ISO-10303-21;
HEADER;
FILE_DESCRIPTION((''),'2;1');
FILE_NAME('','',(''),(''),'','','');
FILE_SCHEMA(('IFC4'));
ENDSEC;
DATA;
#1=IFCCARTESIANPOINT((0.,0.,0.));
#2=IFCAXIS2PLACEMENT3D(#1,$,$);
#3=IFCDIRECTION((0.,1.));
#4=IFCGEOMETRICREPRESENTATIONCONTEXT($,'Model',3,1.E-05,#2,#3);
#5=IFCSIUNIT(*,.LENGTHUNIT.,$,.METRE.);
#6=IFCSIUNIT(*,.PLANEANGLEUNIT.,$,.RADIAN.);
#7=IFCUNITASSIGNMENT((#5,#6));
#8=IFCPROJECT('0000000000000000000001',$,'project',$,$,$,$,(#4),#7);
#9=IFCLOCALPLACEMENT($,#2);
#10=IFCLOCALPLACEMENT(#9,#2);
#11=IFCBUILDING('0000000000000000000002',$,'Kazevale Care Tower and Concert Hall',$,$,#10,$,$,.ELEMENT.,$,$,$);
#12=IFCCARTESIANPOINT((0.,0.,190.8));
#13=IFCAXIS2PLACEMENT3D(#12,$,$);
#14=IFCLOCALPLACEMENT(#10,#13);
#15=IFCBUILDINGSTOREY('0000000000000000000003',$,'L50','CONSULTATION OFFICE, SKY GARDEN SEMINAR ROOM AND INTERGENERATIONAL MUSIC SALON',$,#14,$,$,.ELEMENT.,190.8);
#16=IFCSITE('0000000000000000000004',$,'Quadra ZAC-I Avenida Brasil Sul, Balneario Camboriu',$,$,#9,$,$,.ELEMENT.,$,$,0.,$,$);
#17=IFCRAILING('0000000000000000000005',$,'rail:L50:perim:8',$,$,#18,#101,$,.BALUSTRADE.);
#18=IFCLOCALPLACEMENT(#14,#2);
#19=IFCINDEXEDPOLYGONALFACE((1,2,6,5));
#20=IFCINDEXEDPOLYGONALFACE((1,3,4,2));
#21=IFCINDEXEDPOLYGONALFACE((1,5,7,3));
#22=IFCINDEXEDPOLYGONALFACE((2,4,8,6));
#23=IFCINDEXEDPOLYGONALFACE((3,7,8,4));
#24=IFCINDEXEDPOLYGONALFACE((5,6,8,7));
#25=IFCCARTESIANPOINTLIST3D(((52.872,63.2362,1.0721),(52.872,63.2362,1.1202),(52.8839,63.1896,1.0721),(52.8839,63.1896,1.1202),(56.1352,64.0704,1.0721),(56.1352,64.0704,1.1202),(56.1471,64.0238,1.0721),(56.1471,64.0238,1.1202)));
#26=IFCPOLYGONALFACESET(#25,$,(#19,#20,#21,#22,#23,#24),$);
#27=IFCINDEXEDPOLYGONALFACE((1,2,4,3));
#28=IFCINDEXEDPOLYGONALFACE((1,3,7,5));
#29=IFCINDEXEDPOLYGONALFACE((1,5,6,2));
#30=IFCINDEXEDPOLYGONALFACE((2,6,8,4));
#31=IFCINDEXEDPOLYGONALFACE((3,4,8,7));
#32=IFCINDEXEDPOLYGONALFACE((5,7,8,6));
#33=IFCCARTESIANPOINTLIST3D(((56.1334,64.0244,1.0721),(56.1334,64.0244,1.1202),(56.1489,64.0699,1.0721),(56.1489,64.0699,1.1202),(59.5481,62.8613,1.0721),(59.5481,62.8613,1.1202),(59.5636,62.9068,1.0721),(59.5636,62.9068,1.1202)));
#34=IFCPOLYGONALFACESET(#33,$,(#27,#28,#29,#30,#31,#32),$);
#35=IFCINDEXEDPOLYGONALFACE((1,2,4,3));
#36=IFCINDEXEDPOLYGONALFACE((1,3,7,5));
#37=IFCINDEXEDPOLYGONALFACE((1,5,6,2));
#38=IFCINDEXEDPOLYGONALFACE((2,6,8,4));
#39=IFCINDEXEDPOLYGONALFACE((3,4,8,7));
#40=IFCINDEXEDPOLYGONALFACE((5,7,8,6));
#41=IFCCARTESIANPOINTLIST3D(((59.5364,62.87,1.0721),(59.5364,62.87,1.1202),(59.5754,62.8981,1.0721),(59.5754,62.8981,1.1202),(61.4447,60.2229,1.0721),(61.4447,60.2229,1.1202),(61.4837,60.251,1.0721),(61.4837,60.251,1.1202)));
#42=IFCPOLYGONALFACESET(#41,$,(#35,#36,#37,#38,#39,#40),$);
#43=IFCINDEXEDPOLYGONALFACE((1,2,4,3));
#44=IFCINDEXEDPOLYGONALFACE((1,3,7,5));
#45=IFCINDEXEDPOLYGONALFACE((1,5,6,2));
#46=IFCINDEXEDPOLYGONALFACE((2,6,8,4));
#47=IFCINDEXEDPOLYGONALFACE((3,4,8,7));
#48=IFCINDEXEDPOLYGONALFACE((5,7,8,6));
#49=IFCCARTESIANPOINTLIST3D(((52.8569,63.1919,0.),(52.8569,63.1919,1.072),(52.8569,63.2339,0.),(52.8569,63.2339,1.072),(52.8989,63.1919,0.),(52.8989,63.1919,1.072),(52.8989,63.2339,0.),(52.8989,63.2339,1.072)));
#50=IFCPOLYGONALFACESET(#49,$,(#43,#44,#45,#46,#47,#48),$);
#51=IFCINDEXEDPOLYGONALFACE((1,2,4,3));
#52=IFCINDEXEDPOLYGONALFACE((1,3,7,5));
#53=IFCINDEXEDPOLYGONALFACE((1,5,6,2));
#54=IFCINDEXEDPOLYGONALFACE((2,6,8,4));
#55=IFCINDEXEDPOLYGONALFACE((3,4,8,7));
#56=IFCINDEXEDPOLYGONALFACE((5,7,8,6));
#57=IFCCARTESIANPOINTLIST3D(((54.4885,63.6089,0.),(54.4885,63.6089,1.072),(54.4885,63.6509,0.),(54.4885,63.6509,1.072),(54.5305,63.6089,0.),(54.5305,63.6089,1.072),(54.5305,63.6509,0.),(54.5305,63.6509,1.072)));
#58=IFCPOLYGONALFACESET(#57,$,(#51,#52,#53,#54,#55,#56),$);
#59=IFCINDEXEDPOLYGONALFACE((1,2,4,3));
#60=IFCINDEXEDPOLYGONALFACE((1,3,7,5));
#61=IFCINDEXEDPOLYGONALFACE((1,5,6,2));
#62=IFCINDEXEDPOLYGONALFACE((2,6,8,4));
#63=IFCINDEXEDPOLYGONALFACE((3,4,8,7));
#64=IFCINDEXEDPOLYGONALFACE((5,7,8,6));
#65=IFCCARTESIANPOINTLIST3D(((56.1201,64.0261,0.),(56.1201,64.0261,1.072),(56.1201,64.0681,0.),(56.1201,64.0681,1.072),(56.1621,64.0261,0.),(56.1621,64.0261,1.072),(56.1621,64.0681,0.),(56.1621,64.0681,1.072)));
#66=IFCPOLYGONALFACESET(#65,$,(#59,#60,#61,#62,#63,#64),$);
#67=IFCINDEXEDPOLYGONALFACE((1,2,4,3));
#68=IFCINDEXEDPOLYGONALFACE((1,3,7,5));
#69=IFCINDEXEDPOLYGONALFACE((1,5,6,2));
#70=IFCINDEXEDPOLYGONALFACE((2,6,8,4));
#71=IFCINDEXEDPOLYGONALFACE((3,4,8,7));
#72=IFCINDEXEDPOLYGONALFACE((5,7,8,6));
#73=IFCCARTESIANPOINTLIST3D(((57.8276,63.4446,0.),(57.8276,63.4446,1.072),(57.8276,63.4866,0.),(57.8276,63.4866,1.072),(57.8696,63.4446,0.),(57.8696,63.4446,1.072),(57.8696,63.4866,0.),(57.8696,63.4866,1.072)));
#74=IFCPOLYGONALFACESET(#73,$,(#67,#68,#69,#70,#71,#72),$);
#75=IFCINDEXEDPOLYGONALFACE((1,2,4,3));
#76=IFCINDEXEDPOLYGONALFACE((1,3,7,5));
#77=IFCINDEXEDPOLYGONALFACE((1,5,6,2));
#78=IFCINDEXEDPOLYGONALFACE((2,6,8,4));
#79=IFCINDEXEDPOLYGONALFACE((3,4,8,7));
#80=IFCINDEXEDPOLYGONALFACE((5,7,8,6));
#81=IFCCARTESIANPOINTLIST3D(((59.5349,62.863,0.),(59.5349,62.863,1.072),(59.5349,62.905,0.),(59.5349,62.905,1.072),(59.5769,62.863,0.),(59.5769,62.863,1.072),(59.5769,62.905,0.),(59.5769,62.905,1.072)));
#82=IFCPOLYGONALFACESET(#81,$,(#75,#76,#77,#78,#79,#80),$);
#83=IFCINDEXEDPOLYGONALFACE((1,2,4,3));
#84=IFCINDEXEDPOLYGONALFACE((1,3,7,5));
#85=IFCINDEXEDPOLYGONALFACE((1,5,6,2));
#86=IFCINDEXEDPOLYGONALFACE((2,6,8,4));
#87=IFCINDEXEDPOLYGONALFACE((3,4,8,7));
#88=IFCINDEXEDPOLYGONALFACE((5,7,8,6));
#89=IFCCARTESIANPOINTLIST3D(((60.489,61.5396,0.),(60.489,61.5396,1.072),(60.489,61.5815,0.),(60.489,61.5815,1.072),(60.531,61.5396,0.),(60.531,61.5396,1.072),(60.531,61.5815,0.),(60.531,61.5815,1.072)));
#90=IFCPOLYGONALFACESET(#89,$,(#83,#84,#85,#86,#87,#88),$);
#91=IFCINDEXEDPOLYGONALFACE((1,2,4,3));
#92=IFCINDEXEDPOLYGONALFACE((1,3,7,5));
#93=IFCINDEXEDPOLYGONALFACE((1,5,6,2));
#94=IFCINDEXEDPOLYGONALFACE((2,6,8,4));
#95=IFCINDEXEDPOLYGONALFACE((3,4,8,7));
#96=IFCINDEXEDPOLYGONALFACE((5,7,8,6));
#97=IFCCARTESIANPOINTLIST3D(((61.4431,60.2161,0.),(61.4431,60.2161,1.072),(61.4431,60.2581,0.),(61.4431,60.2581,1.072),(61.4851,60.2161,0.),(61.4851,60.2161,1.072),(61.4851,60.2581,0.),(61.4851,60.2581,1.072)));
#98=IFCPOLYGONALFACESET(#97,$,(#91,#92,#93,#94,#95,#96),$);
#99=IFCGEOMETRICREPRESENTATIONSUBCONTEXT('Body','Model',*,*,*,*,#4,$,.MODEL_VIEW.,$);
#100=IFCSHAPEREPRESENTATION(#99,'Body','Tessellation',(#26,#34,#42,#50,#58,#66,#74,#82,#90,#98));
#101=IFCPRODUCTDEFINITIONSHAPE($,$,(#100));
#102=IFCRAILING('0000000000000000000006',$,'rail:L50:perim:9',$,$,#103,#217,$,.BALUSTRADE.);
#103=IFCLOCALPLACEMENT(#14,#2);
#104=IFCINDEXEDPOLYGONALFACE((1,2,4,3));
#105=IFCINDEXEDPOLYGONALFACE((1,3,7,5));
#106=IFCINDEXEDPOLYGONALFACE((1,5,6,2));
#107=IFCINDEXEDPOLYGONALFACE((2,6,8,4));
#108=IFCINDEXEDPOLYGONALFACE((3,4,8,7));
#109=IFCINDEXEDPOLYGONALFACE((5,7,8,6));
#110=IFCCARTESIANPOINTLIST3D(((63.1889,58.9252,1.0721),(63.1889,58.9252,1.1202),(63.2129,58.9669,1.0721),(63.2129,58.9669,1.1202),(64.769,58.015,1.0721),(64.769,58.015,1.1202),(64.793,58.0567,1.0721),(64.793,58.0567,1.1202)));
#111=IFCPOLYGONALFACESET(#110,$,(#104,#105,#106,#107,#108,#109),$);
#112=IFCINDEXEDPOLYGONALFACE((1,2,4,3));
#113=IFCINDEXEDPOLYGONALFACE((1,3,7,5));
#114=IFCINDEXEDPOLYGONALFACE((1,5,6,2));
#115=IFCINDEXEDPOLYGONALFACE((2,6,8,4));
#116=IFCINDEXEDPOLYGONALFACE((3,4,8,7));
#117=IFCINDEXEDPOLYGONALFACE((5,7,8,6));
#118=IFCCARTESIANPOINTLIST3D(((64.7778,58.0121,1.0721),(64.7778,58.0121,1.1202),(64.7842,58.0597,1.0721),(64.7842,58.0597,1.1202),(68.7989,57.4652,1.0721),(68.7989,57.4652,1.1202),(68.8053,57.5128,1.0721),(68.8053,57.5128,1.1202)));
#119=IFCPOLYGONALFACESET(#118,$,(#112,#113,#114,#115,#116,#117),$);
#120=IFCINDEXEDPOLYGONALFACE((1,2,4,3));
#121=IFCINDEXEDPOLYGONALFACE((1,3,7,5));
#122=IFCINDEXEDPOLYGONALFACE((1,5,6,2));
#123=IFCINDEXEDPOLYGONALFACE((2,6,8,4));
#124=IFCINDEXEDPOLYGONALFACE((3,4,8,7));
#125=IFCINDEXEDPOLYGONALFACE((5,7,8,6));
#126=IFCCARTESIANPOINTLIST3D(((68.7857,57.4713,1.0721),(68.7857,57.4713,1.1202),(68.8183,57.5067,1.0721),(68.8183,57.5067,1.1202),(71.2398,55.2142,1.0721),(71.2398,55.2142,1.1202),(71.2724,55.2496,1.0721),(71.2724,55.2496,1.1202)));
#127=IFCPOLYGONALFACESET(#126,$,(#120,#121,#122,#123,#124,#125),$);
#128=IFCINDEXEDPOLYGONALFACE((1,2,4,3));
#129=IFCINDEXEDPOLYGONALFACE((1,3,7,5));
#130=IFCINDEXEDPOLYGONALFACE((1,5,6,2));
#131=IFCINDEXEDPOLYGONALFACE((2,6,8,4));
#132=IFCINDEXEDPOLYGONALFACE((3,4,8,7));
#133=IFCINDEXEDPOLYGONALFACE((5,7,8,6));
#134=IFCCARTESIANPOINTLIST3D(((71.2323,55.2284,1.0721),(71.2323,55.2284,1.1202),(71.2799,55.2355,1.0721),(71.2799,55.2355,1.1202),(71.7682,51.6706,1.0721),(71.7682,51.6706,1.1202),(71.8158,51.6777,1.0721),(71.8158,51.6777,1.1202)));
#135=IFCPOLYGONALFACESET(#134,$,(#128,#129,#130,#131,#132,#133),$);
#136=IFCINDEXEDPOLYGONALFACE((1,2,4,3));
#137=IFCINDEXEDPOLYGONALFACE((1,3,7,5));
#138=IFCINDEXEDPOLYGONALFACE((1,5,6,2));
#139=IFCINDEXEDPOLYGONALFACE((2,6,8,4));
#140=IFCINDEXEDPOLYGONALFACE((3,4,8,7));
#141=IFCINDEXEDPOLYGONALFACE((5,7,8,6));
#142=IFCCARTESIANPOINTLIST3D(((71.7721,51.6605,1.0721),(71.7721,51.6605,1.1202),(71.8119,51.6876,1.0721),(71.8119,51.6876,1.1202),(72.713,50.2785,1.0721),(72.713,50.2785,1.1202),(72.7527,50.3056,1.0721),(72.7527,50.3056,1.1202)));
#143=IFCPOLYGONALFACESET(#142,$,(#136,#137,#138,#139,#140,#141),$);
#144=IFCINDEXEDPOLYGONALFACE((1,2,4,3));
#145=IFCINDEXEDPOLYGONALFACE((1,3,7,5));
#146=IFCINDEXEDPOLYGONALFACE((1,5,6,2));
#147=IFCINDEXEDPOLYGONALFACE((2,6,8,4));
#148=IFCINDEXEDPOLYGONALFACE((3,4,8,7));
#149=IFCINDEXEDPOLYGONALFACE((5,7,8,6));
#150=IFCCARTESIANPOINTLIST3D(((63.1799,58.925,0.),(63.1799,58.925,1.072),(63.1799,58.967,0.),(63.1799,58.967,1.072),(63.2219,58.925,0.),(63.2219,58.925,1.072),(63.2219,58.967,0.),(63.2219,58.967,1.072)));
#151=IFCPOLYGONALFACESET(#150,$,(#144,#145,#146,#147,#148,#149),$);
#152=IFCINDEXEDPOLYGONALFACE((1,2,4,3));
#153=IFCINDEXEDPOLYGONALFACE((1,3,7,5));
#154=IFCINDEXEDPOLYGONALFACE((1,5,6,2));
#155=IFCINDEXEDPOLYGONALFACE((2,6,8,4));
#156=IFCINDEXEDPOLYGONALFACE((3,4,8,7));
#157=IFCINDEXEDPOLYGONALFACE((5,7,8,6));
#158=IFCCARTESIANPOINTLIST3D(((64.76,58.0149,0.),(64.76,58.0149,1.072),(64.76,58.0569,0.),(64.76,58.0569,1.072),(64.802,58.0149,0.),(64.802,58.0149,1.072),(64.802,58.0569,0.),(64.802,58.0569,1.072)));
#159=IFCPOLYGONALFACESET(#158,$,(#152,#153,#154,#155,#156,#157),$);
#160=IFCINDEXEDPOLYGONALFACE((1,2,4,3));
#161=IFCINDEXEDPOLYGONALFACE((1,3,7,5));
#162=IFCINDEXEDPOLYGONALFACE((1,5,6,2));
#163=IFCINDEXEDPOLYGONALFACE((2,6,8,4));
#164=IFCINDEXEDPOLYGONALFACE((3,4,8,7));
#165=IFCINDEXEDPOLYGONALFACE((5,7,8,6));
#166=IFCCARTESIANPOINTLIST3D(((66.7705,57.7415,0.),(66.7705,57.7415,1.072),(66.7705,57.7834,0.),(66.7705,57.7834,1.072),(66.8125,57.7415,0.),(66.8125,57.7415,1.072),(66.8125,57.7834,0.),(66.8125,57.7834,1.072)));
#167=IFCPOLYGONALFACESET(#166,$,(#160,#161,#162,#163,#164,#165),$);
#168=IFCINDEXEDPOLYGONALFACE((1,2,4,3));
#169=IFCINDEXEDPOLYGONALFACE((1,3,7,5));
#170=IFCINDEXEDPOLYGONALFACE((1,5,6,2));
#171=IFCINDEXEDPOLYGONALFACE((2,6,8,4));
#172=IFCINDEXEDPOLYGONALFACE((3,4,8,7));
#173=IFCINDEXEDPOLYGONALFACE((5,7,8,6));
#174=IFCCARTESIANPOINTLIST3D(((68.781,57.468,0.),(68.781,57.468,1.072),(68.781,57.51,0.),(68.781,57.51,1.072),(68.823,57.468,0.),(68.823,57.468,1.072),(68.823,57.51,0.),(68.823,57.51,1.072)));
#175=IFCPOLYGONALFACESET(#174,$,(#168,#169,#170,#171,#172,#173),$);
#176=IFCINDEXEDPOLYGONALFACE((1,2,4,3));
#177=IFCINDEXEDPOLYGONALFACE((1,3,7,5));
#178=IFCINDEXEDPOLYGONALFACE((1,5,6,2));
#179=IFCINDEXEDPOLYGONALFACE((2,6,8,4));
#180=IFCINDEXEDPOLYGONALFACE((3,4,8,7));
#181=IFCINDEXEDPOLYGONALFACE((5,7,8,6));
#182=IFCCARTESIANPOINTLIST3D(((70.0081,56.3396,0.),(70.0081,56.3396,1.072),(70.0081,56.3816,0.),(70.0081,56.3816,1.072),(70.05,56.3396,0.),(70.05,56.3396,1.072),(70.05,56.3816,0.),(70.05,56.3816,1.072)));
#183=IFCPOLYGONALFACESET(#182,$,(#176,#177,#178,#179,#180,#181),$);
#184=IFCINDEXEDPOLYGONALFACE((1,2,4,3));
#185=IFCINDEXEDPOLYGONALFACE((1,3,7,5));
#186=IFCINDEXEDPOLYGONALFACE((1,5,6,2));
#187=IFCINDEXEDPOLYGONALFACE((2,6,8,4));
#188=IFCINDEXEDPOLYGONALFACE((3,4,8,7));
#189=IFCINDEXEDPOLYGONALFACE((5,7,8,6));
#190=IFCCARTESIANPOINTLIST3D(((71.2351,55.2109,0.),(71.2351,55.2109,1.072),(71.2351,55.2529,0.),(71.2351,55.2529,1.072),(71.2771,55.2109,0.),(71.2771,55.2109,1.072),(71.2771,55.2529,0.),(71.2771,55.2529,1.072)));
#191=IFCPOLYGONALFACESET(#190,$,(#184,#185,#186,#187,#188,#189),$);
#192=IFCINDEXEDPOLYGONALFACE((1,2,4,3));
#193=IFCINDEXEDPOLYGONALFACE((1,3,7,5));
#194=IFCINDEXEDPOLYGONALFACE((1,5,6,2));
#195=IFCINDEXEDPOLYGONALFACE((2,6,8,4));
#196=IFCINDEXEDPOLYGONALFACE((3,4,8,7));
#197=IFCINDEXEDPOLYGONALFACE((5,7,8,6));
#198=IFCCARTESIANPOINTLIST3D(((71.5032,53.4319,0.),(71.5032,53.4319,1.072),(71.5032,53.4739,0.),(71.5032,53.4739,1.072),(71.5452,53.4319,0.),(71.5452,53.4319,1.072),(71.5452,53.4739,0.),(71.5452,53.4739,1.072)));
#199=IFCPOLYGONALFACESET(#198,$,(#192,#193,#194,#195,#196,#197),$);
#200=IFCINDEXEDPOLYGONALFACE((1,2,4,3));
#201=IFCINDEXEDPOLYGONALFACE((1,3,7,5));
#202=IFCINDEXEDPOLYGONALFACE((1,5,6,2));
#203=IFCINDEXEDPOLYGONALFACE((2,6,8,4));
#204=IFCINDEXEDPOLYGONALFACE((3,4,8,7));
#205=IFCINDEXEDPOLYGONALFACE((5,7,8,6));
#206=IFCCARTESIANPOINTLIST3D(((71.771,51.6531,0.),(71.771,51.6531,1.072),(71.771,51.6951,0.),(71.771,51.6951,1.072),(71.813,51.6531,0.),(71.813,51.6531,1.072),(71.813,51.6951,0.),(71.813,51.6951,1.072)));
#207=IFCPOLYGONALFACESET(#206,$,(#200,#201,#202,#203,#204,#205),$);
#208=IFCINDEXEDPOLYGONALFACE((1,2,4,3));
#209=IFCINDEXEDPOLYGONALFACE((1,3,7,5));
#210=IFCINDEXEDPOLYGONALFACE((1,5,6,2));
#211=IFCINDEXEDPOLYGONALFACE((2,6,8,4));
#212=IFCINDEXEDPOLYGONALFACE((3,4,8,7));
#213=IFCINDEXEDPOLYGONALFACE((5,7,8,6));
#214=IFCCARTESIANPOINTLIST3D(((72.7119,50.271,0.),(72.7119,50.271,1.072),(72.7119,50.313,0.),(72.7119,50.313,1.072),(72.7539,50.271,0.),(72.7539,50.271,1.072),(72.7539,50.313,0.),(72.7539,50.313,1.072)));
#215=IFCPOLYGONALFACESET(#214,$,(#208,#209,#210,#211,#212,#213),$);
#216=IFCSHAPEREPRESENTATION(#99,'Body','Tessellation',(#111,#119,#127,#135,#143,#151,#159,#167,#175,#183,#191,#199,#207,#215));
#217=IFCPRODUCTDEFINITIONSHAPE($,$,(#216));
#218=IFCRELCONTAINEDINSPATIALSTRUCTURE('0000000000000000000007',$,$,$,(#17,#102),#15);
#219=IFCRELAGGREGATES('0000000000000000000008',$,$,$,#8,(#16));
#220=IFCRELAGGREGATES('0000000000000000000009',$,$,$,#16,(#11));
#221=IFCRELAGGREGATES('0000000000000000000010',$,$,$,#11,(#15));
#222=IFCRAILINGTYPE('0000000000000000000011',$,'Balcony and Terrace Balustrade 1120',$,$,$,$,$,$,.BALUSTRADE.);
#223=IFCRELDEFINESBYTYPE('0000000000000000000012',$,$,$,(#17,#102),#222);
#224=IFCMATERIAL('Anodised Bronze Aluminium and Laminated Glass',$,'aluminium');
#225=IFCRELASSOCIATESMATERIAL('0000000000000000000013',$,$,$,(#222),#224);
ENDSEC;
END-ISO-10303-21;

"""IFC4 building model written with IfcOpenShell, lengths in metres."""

from ifc_helpers import new_model, si_unit, direction, frame, origin, origin_2d, place, context, subcontext, project, spatial, rectangle, extrude, material, type_object, element, save


model = new_model("IFC4")

# Units and contexts
model_context = context("Model", 3, precision=1e-05, world=origin(), true_north=direction((0.0, 1.0)))
body_context = subcontext(model_context, "Body", "Model", "MODEL_VIEW")
ifc_project = project(units=[si_unit("LENGTHUNIT", "METRE"), si_unit("PLANEANGLEUNIT", "RADIAN")], contexts=[model_context])

# Site, building, storey
site_placement = place(None, origin())
site = spatial("IfcSite", under=ifc_project, at=site_placement, Name="Quadra ZAC-I Avenida Brasil Sul, Balneario Camboriu", CompositionType="ELEMENT", RefElevation=0.0)
building_placement = place(site_placement, origin())
building = spatial("IfcBuilding", under=site, at=building_placement, Name="Kazevale Care Tower and Concert Hall", CompositionType="ELEMENT")
storey_placement = place(building_placement, frame((0.0, 0.0, 190.8)))
storey = spatial("IfcBuildingStorey", under=building, at=storey_placement, Name="L50", Description="CONSULTATION OFFICE, SKY GARDEN SEMINAR ROOM AND INTERGENERATIONAL MUSIC SALON", CompositionType="ELEMENT", Elevation=190.8)

# Railings
ifc_material_1 = material(Name="Anodised Bronze Aluminium and Laminated Glass", Category="aluminium")
railing_type = type_object("IfcRailingType", Name="Balcony and Terrace Balustrade 1120", PredefinedType="BALUSTRADE", material=ifc_material_1)
railing_1_placement = place(storey_placement, frame((52.8779, 63.2129, 0.0)))
element("IfcRailing", 1, at=railing_1_placement, inside=storey, type_object=railing_type, Name="rail:L50:perim:8", PredefinedType="BALUSTRADE", context=body_context, shape_type="SweptSolid", body=[
    extrude(rectangle(XDim=0.0481, YDim=0.0481, at=origin_2d()), frame((0.0, 0.0, 1.0962), z_axis=(0.968841, 0.247683, 0.0), x_axis=(-0.247683, 0.968841, 0.0)), (0.0, 0.0, 1.0), 3.3682),
    extrude(rectangle(XDim=0.0481, YDim=0.0481, at=origin_2d()), frame((3.2632, 0.8342, 1.0962), z_axis=(0.946599, -0.322413, 0.0), x_axis=(0.322413, 0.946599, 0.0)), (0.0, 0.0, 1.0), 3.6074),
    extrude(rectangle(XDim=0.0481, YDim=0.0481, at=origin_2d()), frame((6.678, -0.3289, 1.0962), z_axis=(0.584786, -0.811188, 0.0), x_axis=(0.811188, 0.584786, 0.0)), (0.0, 0.0, 1.0), 3.2632),
    extrude(rectangle(XDim=0.042, YDim=0.042, at=origin_2d()), origin(), (0.0, 0.0, 1.0), 1.072),
    extrude(rectangle(XDim=0.042, YDim=0.042, at=origin_2d()), frame((1.6316, 0.417, 0.0)), (0.0, 0.0, 1.0), 1.072),
    extrude(rectangle(XDim=0.042, YDim=0.042, at=origin_2d()), frame((3.2632, 0.8342, 0.0)), (0.0, 0.0, 1.0), 1.072),
    extrude(rectangle(XDim=0.042, YDim=0.042, at=origin_2d()), frame((4.9707, 0.2527, 0.0)), (0.0, 0.0, 1.0), 1.072),
    extrude(rectangle(XDim=0.042, YDim=0.042, at=origin_2d()), frame((6.678, -0.3289, 0.0)), (0.0, 0.0, 1.0), 1.072),
    extrude(rectangle(XDim=0.042, YDim=0.042, at=origin_2d()), frame((7.6321, -1.6523, 0.0)), (0.0, 0.0, 1.0), 1.072),
    extrude(rectangle(XDim=0.042, YDim=0.042, at=origin_2d()), frame((8.5862, -2.9758, 0.0)), (0.0, 0.0, 1.0), 1.072),
])
railing_2_placement = place(storey_placement, frame((63.2009, 58.946, 0.0)))
element("IfcRailing", 2, at=railing_2_placement, inside=storey, type_object=railing_type, Name="rail:L50:perim:9", PredefinedType="BALUSTRADE", context=body_context, shape_type="SweptSolid", body=[
    extrude(rectangle(XDim=0.0481, YDim=0.0481, at=origin_2d()), frame((0.0, 0.0, 1.0962), z_axis=(0.866524, -0.499135, 0.0), x_axis=(0.499135, 0.866524, 0.0)), (0.0, 0.0, 1.0), 1.8235),
    extrude(rectangle(XDim=0.0481, YDim=0.0481, at=origin_2d()), frame((1.5801, -0.9102, 1.0962), z_axis=(0.990878, -0.134764, 0.0), x_axis=(0.134764, 0.990878, 0.0)), (0.0, 0.0, 1.0), 4.0581),
    extrude(rectangle(XDim=0.0481, YDim=0.0481, at=origin_2d()), frame((5.6011, -1.457, 1.0962), z_axis=(0.736035, -0.676944, 0.0), x_axis=(0.676944, 0.736035, 0.0)), (0.0, 0.0, 1.0), 3.3342),
    extrude(rectangle(XDim=0.0481, YDim=0.0481, at=origin_2d()), frame((8.0552, -3.7141, 1.0962), z_axis=(0.148941, -0.988846, 0.0), x_axis=(0.988846, 0.148941, 0.0)), (0.0, 0.0, 1.0), 3.5979),
    extrude(rectangle(XDim=0.0481, YDim=0.0481, at=origin_2d()), frame((8.5911, -7.272, 1.0962), z_axis=(0.562761, -0.826619, 0.0), x_axis=(0.826619, 0.562761, 0.0)), (0.0, 0.0, 1.0), 1.6719),
    extrude(rectangle(XDim=0.042, YDim=0.042, at=origin_2d()), origin(), (0.0, 0.0, 1.0), 1.072),
    extrude(rectangle(XDim=0.042, YDim=0.042, at=origin_2d()), frame((1.5801, -0.9102, 0.0)), (0.0, 0.0, 1.0), 1.072),
    extrude(rectangle(XDim=0.042, YDim=0.042, at=origin_2d()), frame((3.5906, -1.1836, 0.0)), (0.0, 0.0, 1.0), 1.072),
    extrude(rectangle(XDim=0.042, YDim=0.042, at=origin_2d()), frame((5.6011, -1.457, 0.0)), (0.0, 0.0, 1.0), 1.072),
    extrude(rectangle(XDim=0.042, YDim=0.042, at=origin_2d()), frame((6.8281, -2.5854, 0.0)), (0.0, 0.0, 1.0), 1.072),
    extrude(rectangle(XDim=0.042, YDim=0.042, at=origin_2d()), frame((8.0552, -3.7141, 0.0)), (0.0, 0.0, 1.0), 1.072),
    extrude(rectangle(XDim=0.042, YDim=0.042, at=origin_2d()), frame((8.3232, -5.4932, 0.0)), (0.0, 0.0, 1.0), 1.072),
    extrude(rectangle(XDim=0.042, YDim=0.042, at=origin_2d()), frame((8.5911, -7.272, 0.0)), (0.0, 0.0, 1.0), 1.072),
    extrude(rectangle(XDim=0.042, YDim=0.042, at=origin_2d()), frame((9.532, -8.6541, 0.0)), (0.0, 0.0, 1.0), 1.072),
])

save(model, "model.ifc")
